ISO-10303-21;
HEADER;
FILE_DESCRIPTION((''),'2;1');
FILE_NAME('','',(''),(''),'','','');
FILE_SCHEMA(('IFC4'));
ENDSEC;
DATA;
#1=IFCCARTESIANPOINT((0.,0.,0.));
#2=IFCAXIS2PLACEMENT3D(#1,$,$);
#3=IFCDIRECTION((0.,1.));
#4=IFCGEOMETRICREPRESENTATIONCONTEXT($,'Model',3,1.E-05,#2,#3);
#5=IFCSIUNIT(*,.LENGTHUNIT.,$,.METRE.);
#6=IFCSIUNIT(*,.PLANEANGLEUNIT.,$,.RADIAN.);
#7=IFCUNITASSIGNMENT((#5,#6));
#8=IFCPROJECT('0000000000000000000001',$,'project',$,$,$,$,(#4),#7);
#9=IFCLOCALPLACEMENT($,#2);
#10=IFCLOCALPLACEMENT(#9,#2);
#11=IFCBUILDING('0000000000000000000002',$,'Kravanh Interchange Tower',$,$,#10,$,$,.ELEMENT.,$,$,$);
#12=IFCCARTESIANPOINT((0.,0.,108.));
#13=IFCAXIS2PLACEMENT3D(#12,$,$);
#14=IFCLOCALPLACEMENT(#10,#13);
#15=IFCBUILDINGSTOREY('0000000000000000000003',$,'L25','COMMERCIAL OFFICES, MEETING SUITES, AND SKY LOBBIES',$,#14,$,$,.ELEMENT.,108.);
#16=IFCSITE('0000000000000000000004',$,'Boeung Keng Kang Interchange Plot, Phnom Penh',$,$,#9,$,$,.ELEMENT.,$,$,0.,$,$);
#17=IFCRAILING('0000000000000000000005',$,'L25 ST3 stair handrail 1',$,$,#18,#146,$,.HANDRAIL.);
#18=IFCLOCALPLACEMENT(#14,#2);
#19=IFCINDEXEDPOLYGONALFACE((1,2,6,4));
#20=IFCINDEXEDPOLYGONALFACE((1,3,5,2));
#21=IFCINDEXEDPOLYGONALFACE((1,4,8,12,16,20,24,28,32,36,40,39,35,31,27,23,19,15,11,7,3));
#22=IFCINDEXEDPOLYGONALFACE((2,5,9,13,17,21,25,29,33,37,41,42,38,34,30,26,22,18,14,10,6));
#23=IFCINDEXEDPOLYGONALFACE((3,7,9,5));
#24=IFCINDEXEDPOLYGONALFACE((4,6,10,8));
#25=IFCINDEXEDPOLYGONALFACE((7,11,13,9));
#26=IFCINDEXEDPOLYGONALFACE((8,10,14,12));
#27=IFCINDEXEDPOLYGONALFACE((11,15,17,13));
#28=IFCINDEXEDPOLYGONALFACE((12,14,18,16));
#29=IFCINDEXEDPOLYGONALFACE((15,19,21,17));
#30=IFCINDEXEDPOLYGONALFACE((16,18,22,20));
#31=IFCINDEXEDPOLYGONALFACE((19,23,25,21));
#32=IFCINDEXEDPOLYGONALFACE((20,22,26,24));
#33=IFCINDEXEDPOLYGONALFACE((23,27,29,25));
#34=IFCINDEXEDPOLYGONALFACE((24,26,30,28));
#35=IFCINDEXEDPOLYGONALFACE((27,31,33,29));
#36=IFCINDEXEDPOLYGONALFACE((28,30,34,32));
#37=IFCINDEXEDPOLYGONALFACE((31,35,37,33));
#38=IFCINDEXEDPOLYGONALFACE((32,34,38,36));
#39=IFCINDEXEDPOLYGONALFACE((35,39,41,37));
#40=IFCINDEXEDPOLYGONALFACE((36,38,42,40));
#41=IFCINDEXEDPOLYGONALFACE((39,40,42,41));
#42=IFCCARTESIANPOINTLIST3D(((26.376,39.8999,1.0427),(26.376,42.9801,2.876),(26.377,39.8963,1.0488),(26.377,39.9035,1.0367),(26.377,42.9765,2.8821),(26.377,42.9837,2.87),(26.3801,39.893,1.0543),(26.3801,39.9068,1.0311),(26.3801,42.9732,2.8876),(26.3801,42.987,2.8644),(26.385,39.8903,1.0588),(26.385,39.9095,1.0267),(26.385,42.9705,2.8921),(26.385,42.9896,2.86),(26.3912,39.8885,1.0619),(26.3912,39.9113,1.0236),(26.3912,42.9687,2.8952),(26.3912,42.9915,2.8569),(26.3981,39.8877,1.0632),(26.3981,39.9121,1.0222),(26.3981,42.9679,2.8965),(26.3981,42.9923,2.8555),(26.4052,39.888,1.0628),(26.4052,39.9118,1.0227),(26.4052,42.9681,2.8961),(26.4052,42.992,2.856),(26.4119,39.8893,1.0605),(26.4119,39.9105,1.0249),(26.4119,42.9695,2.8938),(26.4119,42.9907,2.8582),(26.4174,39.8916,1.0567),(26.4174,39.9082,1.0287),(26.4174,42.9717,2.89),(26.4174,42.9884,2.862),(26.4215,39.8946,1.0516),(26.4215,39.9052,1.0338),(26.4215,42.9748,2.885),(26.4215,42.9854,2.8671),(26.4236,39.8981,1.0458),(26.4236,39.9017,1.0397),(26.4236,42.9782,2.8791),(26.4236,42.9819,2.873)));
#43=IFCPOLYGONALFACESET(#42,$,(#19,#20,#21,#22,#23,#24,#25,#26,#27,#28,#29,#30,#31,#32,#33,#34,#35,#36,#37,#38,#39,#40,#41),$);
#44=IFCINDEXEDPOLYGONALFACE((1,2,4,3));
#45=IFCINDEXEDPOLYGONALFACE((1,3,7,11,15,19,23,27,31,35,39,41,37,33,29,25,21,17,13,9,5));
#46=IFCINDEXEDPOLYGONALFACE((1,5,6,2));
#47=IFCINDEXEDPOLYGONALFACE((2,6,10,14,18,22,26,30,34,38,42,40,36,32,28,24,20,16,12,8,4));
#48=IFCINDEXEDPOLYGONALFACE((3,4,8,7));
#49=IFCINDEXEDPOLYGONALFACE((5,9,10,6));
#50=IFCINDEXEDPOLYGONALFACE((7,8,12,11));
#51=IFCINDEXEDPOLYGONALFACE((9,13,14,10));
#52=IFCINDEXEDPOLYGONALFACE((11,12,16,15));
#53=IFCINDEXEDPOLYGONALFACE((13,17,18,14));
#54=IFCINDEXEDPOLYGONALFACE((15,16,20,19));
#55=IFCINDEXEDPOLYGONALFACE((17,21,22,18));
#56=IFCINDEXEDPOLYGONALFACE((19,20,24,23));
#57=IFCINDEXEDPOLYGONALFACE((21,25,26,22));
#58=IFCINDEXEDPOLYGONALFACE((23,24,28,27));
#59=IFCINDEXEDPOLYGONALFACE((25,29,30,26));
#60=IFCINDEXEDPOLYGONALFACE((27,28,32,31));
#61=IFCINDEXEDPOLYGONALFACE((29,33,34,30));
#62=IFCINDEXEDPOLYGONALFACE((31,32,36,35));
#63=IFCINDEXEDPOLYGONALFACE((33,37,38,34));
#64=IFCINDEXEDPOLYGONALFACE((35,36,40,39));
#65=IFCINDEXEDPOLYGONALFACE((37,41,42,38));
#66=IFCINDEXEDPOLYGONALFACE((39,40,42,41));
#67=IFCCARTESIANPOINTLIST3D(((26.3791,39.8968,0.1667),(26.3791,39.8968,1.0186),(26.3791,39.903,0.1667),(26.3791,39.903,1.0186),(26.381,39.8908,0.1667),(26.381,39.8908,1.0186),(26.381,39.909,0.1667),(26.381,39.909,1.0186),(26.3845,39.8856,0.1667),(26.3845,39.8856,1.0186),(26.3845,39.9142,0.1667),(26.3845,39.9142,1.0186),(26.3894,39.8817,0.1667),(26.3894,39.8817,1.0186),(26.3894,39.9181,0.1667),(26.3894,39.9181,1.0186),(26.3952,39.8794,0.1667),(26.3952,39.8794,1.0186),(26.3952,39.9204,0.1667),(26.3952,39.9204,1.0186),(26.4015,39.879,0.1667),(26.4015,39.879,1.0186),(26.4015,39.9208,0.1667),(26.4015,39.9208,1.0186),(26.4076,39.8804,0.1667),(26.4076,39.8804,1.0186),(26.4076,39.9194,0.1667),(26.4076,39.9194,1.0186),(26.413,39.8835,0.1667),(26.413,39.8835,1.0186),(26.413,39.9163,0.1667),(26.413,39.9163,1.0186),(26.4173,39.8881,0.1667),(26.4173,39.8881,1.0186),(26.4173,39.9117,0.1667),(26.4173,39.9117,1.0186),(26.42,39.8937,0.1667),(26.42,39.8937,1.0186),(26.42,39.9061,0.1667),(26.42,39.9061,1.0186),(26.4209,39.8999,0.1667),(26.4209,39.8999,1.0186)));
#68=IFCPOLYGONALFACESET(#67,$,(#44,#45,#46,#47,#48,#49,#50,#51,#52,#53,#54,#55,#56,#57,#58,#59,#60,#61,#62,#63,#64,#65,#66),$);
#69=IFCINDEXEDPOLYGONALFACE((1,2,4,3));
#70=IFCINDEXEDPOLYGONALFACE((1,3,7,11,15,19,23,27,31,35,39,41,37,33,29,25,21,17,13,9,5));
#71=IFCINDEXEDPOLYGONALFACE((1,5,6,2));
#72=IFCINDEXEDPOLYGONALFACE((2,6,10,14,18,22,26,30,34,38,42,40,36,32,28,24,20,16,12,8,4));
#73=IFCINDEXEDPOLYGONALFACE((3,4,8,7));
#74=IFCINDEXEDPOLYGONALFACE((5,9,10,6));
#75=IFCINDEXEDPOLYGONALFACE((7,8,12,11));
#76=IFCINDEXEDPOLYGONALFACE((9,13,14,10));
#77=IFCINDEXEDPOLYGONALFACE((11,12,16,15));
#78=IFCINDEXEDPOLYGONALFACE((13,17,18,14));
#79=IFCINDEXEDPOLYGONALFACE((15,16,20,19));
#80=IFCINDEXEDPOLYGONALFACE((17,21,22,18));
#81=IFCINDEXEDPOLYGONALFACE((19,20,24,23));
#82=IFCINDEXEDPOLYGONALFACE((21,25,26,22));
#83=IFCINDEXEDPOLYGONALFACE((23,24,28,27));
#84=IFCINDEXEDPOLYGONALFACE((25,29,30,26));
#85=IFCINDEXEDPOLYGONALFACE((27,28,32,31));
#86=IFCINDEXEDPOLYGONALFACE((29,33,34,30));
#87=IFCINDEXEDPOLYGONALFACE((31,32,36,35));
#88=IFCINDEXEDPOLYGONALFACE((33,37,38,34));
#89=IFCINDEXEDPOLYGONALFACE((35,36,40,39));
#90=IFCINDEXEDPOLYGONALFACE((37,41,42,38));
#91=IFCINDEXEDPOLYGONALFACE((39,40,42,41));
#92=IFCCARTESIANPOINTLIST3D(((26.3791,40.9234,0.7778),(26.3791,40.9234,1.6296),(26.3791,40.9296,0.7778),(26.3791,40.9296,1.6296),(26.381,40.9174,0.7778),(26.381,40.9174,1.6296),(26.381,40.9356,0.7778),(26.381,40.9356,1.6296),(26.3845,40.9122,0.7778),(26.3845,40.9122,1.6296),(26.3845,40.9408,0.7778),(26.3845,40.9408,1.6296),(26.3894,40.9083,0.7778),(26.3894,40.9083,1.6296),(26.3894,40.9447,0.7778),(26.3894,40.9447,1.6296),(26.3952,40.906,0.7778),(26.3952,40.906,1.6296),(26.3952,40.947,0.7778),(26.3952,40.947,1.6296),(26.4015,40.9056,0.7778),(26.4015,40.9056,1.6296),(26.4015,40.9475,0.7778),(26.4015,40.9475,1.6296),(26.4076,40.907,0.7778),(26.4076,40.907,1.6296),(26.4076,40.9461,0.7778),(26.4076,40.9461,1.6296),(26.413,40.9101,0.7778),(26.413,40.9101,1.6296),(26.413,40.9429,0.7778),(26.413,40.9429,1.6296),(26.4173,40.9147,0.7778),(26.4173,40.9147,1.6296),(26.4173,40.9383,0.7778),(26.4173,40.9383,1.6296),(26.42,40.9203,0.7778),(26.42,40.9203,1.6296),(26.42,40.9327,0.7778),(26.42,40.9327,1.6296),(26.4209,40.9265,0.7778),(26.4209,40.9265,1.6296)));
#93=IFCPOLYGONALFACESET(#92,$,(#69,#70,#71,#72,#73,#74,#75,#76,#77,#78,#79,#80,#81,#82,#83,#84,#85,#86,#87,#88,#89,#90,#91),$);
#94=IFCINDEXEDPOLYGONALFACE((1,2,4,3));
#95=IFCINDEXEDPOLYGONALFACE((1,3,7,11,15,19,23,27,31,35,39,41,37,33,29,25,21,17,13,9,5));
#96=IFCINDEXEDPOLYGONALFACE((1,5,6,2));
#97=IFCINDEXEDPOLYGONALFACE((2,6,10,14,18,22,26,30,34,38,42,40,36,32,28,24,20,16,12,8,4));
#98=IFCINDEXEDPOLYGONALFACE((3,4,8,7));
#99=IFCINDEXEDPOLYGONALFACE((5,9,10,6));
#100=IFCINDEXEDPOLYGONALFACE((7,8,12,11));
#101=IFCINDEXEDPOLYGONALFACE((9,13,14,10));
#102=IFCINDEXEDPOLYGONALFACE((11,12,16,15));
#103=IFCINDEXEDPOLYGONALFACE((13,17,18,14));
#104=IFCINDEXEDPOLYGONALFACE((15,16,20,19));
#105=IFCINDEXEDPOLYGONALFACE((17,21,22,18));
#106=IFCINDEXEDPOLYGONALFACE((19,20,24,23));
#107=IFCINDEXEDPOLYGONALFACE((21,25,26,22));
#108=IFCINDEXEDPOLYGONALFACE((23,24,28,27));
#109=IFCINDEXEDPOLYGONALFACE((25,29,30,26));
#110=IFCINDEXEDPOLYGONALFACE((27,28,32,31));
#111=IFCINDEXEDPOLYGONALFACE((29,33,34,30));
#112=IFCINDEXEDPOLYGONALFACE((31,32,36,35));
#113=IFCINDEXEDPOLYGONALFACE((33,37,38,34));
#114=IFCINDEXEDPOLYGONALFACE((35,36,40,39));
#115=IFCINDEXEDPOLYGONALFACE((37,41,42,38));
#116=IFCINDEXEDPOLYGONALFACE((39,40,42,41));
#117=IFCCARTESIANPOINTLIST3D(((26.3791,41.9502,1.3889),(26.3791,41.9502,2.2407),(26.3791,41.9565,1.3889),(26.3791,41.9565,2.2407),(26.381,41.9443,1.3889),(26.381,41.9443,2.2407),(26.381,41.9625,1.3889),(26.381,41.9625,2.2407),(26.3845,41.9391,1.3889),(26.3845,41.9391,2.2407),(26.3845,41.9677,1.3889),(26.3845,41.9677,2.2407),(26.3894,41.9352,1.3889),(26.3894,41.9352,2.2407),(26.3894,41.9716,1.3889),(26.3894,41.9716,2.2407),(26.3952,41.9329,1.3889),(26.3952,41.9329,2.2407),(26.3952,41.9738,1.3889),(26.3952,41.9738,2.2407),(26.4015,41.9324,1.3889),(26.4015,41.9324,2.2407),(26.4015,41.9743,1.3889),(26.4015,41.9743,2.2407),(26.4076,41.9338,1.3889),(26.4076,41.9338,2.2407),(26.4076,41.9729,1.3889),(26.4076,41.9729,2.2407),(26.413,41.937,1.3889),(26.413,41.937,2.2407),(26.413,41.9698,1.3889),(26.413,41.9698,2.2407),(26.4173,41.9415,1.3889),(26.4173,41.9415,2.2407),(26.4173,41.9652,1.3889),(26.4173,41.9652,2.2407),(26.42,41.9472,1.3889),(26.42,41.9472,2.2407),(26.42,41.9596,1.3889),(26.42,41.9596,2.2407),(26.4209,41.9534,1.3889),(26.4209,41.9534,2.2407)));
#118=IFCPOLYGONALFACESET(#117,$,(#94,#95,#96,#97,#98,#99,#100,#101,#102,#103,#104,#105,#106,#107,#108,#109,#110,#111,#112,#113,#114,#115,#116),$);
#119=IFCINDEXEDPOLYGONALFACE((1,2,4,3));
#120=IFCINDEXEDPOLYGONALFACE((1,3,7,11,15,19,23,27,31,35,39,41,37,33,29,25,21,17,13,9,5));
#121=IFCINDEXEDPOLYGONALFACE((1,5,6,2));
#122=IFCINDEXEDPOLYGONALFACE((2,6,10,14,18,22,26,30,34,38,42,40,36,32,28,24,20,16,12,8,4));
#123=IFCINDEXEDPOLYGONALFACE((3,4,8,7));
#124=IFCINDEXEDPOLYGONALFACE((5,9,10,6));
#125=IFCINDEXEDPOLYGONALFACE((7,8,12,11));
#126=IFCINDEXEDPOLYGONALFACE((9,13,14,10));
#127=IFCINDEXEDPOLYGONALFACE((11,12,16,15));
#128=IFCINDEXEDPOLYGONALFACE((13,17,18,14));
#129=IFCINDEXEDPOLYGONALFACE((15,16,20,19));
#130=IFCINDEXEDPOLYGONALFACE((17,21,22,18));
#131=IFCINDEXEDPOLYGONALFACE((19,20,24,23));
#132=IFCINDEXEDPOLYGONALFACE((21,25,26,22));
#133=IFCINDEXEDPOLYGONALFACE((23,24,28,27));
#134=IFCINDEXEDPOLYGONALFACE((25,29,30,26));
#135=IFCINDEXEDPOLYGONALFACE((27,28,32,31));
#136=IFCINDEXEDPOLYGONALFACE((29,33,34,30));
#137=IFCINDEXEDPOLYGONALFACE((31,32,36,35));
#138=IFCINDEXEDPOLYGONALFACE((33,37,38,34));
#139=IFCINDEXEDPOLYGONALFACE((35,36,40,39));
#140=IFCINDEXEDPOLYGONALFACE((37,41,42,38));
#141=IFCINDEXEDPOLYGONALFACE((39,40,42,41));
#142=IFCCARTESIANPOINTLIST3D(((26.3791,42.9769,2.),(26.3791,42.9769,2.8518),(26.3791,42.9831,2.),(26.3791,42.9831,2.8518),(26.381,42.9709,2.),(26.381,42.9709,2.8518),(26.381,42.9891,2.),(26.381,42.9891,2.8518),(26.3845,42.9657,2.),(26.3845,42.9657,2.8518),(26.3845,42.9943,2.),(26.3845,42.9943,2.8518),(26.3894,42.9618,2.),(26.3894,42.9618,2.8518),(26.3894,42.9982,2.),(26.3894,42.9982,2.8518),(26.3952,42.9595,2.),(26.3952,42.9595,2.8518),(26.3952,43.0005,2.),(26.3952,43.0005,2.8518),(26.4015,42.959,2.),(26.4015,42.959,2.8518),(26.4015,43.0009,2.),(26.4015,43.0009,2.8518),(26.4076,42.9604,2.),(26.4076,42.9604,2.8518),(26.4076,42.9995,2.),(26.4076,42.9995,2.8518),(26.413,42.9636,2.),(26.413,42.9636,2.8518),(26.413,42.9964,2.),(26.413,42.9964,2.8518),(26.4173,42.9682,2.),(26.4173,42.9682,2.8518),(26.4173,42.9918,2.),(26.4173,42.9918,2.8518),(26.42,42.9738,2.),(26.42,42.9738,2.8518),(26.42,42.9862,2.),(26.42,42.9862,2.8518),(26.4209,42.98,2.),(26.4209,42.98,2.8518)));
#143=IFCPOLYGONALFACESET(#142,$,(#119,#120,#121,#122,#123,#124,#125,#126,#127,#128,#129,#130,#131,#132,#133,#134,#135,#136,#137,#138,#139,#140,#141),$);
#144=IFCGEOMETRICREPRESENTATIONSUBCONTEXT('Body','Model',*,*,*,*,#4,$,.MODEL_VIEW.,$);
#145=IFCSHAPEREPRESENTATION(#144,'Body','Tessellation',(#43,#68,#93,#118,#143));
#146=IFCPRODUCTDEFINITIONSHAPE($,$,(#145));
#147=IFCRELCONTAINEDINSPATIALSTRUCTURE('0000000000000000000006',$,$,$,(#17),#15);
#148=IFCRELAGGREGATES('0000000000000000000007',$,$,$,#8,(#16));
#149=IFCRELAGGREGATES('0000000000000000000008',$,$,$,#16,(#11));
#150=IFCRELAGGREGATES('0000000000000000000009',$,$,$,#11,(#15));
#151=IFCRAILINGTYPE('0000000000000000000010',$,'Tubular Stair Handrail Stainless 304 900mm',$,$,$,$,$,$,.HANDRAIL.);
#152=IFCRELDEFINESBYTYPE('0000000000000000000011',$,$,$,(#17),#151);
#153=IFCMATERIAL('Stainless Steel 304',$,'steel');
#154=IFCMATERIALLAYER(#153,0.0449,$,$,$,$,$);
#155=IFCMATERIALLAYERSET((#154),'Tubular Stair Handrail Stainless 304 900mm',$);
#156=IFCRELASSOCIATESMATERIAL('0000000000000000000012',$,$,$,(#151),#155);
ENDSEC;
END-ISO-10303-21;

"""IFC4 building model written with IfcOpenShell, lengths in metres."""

from ifc_helpers import new_model, si_unit, direction, frame, origin, origin_2d, place, context, subcontext, project, spatial, circle, extrude, material, layer, layer_set, type_object, element, save


model = new_model("IFC4")

# Units and contexts
model_context = context("Model", 3, precision=1e-05, world=origin(), true_north=direction((0.0, 1.0)))
body_context = subcontext(model_context, "Body", "Model", "MODEL_VIEW")
ifc_project = project(units=[si_unit("LENGTHUNIT", "METRE"), si_unit("PLANEANGLEUNIT", "RADIAN")], contexts=[model_context])

# Site, building, storey
site_placement = place(None, origin())
site = spatial("IfcSite", under=ifc_project, at=site_placement, Name="Boeung Keng Kang Interchange Plot, Phnom Penh", CompositionType="ELEMENT", RefElevation=0.0)
building_placement = place(site_placement, origin())
building = spatial("IfcBuilding", under=site, at=building_placement, Name="Kravanh Interchange Tower", CompositionType="ELEMENT")
storey_placement = place(building_placement, frame((0.0, 0.0, 108.0)))
storey = spatial("IfcBuildingStorey", under=building, at=storey_placement, Name="L25", Description="COMMERCIAL OFFICES, MEETING SUITES, AND SKY LOBBIES", CompositionType="ELEMENT", Elevation=108.0)

# Railing
ifc_material_1 = material(Name="Stainless Steel 304", Category="steel")
ifc_layer_1 = layer(ifc_material_1, 0.0449)
ifc_layer_set_1 = layer_set([ifc_layer_1], Name="Tubular Stair Handrail Stainless 304 900mm")
railing_type_1 = type_object("IfcRailingType", Name="Tubular Stair Handrail Stainless 304 900mm", PredefinedType="HANDRAIL", material=ifc_layer_set_1)
railing_1_placement = place(storey_placement, frame((26.3999, 39.8999, 0.1667)))
element("IfcRailing", 1, at=railing_1_placement, inside=storey, type_object=railing_type_1, Name="L25 ST3 stair handrail 1", PredefinedType="HANDRAIL", context=body_context, shape_type="SweptSolid", body=[
    extrude(circle(Radius=0.0239, at=origin_2d()), frame((0.0, 0.0, 0.876), z_axis=(0.0, 0.859309, 0.511458), x_axis=(-1.0, 0.0, 0.0)), (0.0, 0.0, 1.0), 3.5845),
    extrude(circle(Radius=0.021, at=origin_2d()), origin(), (0.0, 0.0, 1.0), 0.8518),
    extrude(circle(Radius=0.021, at=origin_2d()), frame((0.0, 1.0266, 0.6111)), (0.0, 0.0, 1.0), 0.8518),
    extrude(circle(Radius=0.021, at=origin_2d()), frame((0.0, 2.0535, 1.2222)), (0.0, 0.0, 1.0), 0.8518),
    extrude(circle(Radius=0.021, at=origin_2d()), frame((0.0, 3.0801, 1.8333)), (0.0, 0.0, 1.0), 0.8518),
])

save(model, "model.ifc")
